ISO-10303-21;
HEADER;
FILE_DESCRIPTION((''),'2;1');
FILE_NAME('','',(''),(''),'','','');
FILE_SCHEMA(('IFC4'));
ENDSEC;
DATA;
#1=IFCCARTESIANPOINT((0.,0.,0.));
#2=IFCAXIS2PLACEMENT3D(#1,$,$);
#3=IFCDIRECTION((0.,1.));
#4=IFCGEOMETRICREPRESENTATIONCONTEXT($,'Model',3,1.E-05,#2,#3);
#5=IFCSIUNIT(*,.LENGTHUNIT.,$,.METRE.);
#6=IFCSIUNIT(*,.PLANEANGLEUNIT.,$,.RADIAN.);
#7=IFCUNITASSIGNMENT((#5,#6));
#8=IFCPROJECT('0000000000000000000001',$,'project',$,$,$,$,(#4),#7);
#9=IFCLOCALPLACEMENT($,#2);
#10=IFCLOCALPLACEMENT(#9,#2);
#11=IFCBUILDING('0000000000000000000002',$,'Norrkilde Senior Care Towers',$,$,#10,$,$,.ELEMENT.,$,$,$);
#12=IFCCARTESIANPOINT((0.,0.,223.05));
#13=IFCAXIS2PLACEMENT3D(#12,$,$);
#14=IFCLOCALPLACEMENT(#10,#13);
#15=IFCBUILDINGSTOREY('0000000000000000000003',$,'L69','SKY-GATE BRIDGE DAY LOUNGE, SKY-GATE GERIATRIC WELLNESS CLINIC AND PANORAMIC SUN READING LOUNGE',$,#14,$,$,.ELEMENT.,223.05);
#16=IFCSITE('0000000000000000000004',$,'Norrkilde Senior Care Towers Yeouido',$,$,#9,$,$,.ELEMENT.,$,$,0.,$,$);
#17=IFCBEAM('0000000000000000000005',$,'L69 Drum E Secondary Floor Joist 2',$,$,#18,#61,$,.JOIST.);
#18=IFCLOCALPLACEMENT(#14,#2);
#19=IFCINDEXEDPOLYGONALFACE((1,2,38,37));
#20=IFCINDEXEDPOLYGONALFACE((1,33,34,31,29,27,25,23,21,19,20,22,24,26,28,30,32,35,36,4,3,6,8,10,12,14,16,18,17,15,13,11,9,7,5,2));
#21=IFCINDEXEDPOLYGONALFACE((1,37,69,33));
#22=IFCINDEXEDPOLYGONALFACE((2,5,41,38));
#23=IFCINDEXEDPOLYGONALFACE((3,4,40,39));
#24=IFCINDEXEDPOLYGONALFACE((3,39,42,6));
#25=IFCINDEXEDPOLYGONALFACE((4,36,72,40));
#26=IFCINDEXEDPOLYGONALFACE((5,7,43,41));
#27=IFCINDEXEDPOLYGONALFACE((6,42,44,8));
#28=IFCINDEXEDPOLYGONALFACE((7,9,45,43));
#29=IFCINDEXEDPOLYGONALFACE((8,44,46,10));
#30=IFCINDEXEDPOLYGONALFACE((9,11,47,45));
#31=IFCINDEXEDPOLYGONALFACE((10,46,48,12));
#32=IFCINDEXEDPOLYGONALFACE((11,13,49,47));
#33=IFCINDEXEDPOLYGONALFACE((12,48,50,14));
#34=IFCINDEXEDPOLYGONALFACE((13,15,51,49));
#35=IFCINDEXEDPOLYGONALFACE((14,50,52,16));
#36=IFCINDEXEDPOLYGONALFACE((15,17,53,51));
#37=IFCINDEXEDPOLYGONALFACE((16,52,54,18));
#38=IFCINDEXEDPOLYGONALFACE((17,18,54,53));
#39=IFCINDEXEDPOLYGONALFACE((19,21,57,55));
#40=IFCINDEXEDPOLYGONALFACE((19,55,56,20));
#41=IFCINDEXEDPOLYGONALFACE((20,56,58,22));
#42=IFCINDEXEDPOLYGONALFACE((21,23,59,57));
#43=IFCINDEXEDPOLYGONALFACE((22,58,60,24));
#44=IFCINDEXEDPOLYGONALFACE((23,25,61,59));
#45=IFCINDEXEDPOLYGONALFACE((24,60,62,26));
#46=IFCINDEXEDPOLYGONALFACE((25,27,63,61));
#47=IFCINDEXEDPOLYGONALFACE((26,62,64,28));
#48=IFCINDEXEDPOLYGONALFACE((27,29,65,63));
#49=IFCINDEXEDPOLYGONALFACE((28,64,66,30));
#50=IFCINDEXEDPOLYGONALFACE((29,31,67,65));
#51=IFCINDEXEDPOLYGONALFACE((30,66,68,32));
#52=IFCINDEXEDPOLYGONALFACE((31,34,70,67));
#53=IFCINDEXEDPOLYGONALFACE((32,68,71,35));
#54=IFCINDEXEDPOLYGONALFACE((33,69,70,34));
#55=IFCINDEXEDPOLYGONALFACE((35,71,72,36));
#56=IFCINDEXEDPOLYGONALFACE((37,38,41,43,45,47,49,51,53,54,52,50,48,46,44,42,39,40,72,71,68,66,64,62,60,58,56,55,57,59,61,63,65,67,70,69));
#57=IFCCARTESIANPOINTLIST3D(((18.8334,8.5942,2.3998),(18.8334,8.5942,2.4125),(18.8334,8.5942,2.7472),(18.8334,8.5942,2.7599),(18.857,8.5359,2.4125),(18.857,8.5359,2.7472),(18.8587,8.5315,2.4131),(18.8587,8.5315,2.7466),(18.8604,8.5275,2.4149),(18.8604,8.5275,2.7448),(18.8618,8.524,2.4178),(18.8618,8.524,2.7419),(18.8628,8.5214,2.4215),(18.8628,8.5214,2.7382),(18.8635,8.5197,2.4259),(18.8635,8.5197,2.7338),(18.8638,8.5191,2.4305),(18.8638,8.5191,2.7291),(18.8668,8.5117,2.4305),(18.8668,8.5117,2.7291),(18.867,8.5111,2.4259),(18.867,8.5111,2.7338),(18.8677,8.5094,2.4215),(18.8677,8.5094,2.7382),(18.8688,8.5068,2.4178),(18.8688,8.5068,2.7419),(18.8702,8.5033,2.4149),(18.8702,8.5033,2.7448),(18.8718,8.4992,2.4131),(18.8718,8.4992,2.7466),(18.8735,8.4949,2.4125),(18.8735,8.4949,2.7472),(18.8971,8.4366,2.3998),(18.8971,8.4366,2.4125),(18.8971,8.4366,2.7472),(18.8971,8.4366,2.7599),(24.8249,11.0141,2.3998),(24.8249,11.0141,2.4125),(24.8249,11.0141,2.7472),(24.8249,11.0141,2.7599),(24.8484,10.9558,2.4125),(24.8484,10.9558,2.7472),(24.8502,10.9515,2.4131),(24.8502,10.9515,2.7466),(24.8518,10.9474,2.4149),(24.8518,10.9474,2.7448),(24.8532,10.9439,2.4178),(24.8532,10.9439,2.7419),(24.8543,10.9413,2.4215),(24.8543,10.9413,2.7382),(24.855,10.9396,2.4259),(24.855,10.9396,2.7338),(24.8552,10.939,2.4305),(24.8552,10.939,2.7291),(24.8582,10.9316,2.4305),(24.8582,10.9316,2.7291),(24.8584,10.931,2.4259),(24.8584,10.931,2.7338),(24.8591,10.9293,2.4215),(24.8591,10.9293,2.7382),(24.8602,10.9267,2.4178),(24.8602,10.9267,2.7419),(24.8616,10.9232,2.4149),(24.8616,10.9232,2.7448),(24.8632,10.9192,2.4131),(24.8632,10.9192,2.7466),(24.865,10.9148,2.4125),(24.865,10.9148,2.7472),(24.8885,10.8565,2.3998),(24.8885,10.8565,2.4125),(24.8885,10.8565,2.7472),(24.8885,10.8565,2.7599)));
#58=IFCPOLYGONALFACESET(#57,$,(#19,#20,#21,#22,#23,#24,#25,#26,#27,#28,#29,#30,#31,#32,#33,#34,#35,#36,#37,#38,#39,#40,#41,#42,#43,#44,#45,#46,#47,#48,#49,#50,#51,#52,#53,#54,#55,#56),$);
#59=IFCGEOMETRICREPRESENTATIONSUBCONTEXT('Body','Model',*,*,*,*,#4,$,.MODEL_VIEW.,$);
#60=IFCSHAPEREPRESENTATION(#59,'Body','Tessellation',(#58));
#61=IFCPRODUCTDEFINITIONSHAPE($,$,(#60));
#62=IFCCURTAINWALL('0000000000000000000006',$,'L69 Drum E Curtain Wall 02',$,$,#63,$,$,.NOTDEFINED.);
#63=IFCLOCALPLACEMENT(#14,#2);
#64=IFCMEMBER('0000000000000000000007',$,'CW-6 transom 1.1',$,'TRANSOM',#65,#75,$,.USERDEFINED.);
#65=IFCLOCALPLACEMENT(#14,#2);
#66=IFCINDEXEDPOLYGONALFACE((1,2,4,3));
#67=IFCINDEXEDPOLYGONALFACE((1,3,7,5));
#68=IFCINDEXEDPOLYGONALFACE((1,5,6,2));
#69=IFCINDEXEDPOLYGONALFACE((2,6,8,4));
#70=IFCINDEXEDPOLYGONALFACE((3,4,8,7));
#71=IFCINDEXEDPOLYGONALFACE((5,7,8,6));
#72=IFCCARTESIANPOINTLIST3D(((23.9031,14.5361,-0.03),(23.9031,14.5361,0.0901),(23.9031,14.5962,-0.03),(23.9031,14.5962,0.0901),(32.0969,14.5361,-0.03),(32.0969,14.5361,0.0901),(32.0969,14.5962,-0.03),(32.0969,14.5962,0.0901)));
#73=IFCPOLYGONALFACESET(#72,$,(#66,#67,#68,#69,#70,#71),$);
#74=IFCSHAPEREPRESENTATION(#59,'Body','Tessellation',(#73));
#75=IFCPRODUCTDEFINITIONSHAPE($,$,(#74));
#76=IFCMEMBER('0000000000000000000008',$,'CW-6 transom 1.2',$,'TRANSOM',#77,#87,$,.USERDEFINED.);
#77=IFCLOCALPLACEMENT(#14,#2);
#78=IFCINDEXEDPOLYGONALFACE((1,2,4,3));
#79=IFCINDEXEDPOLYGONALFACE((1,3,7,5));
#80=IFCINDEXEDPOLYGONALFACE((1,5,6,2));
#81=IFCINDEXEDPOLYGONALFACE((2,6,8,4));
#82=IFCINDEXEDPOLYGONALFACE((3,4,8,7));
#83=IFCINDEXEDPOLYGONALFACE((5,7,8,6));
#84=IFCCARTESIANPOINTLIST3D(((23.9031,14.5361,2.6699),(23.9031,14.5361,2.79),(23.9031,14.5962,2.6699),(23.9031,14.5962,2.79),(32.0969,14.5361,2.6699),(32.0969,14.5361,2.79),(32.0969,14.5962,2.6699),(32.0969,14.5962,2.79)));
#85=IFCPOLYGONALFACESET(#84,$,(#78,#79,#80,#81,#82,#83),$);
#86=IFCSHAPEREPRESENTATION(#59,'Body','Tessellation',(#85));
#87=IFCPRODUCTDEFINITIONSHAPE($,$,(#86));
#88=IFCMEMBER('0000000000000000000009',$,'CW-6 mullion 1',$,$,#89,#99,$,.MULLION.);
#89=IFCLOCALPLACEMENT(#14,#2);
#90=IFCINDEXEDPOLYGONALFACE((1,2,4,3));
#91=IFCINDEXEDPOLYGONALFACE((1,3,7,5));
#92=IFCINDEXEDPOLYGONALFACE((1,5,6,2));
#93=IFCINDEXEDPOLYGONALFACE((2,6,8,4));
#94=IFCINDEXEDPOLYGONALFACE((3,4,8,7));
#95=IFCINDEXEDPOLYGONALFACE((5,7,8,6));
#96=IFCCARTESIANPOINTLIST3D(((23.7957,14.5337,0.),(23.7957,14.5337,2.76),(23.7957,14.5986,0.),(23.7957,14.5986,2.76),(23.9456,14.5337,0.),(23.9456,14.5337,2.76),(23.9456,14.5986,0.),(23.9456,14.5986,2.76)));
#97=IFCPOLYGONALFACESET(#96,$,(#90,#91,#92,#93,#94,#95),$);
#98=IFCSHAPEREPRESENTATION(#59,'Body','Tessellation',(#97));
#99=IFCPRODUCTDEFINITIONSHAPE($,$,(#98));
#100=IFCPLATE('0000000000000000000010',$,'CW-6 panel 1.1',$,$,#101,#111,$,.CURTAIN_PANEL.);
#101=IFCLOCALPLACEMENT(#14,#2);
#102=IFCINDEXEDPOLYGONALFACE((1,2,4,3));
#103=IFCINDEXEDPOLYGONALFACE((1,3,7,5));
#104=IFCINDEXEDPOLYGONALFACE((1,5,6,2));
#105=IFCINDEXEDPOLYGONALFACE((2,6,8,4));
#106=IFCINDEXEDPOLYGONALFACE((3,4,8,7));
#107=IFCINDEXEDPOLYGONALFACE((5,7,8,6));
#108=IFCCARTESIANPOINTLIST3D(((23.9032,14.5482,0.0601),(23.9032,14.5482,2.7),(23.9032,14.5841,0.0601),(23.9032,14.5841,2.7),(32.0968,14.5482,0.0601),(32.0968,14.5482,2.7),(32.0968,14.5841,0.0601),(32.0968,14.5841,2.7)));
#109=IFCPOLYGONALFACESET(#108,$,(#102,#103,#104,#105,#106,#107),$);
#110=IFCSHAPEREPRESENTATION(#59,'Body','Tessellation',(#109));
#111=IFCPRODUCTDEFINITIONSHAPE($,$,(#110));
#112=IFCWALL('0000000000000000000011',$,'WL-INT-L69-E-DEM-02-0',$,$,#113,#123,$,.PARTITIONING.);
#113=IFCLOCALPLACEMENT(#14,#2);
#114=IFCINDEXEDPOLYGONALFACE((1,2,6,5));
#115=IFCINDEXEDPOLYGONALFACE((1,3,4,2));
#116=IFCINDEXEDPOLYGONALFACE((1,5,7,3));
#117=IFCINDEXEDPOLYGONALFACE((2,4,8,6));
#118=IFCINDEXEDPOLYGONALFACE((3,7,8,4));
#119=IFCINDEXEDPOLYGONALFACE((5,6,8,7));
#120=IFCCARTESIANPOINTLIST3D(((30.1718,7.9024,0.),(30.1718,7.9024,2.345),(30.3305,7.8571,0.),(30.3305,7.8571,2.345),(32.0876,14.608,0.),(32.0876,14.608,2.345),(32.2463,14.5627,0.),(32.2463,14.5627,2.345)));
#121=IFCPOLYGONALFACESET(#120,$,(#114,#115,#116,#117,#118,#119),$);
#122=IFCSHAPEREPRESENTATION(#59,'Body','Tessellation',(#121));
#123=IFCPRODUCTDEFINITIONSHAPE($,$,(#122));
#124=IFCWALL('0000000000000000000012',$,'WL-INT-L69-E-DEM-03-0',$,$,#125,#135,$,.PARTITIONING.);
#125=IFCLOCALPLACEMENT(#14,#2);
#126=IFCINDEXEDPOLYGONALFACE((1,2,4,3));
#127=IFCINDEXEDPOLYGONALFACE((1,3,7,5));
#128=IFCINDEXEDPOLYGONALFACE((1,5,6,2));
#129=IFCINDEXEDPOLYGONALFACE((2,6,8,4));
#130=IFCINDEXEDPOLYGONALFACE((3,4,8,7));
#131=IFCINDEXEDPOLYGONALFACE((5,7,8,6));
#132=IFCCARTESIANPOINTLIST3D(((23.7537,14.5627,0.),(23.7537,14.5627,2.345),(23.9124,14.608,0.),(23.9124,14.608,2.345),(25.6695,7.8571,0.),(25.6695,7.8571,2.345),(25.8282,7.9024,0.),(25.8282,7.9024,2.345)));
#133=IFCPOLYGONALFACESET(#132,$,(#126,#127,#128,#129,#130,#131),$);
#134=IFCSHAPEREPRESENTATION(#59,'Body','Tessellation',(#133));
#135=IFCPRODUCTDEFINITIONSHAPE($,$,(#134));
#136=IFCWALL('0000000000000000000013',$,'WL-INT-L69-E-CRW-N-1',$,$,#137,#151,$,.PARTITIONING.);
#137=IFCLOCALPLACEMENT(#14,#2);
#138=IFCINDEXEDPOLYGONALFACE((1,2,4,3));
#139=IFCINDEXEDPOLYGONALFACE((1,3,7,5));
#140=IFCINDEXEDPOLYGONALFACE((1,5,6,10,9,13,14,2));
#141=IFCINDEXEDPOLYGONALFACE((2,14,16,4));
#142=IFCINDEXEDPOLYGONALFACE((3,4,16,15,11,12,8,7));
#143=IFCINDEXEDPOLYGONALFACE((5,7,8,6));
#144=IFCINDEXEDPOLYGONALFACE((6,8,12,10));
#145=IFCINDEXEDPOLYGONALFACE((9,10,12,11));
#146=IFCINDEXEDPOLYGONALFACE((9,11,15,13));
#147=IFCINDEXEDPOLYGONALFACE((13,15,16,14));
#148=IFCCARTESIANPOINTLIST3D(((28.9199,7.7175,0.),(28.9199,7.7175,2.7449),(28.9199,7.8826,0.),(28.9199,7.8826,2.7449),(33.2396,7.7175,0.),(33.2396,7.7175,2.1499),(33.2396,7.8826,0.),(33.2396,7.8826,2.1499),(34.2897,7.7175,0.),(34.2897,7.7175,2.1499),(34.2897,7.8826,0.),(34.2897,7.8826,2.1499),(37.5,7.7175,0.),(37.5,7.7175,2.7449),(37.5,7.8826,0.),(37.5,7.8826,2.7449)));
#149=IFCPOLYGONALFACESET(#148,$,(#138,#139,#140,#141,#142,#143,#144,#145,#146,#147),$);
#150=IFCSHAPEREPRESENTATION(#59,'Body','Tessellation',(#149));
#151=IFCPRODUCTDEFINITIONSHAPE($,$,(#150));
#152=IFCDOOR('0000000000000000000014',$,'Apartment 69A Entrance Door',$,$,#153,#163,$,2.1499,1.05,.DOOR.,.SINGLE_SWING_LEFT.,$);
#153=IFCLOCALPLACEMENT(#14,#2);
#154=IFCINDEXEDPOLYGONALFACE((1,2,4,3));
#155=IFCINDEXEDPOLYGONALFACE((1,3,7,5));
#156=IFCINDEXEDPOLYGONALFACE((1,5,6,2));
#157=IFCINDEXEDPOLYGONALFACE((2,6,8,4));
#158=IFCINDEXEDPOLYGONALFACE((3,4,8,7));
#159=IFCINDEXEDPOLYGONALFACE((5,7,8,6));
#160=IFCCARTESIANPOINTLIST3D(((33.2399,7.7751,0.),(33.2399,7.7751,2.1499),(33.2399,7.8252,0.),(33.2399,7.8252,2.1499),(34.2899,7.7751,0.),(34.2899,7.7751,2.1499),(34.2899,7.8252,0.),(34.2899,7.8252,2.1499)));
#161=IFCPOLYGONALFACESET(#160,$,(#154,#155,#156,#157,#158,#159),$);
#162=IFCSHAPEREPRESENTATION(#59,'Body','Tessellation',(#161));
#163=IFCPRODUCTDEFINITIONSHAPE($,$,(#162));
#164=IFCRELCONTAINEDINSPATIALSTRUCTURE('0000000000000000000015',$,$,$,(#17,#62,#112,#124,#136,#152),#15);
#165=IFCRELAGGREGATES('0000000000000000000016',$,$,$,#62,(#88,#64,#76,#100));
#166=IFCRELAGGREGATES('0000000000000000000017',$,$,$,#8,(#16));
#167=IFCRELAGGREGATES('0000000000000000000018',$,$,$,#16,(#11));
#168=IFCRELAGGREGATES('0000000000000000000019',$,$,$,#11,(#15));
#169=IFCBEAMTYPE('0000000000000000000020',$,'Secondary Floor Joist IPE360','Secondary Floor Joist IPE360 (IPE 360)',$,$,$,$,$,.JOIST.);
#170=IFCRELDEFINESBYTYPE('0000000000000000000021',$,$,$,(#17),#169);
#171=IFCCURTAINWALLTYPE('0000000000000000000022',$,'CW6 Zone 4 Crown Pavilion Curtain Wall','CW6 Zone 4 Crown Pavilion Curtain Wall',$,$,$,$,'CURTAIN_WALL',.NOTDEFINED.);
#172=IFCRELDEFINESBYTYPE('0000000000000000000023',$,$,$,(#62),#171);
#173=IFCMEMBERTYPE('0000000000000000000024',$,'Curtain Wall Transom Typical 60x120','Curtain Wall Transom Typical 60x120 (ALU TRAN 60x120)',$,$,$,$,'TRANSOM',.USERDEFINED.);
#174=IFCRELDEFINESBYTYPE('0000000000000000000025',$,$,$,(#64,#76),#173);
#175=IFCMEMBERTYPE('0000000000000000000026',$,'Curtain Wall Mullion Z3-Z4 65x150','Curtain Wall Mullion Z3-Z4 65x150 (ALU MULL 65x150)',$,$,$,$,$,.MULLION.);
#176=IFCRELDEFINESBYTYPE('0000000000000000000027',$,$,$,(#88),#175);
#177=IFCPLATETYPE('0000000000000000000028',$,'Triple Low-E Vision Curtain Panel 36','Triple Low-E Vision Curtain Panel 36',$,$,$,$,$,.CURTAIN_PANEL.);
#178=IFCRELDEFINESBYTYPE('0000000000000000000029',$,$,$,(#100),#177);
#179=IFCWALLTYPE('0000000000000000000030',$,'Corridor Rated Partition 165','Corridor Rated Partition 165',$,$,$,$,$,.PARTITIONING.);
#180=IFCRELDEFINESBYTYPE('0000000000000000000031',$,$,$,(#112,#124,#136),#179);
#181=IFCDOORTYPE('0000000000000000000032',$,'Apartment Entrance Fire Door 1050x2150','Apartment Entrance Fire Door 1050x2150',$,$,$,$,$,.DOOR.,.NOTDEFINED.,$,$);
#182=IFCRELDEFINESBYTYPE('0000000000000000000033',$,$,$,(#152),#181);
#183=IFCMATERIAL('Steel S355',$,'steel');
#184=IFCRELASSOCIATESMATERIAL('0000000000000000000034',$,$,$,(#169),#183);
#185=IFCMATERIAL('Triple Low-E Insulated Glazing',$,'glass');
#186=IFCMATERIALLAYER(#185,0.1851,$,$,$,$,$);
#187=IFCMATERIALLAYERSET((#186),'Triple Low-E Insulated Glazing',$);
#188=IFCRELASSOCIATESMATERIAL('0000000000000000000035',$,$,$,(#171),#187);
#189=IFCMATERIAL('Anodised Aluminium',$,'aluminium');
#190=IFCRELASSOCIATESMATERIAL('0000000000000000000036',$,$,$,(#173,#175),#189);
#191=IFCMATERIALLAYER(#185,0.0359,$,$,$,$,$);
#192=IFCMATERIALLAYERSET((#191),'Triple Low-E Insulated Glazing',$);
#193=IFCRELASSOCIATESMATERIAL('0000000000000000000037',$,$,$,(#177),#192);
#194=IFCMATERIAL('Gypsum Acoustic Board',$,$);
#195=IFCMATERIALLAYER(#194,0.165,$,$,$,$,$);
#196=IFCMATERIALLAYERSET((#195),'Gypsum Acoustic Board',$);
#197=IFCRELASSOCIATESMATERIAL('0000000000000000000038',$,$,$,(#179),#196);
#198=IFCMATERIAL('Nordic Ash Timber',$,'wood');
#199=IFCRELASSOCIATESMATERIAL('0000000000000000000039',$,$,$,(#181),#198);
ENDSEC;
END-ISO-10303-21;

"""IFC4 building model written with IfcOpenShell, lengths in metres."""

from ifc_helpers import new_model, si_unit, direction, frame, frame_2d, origin, origin_2d, place, context, subcontext, project, spatial, rectangle, i_section, extrude, source, transform, mapped, material, layer, layer_set, material_profile, profile_set, type_object, type_shapes, element, fill, aggregate, save


model = new_model("IFC4")

# Units and contexts
model_context = context("Model", 3, precision=1e-05, world=origin(), true_north=direction((0.0, 1.0)))
body_context = subcontext(model_context, "Body", "Model", "MODEL_VIEW")
ifc_project = project(units=[si_unit("LENGTHUNIT", "METRE"), si_unit("PLANEANGLEUNIT", "RADIAN")], contexts=[model_context])

# Site, building, storey
site_placement = place(None, origin())
site = spatial("IfcSite", under=ifc_project, at=site_placement, Name="Norrkilde Senior Care Towers Yeouido", CompositionType="ELEMENT", RefElevation=0.0)
building_placement = place(site_placement, origin())
building = spatial("IfcBuilding", under=site, at=building_placement, Name="Norrkilde Senior Care Towers", CompositionType="ELEMENT")
storey_placement = place(building_placement, frame((0.0, 0.0, 223.05)))
storey = spatial("IfcBuildingStorey", under=building, at=storey_placement, Name="L69", Description="SKY-GATE BRIDGE DAY LOUNGE, SKY-GATE GERIATRIC WELLNESS CLINIC AND PANORAMIC SUN READING LOUNGE", CompositionType="ELEMENT", Elevation=223.05)

# Beam
ifc_material_1 = material(Name="Steel S355", Category="steel")
ifc_material_profile_1 = material_profile(ifc_material_1, i_section(OverallWidth=0.1699, OverallDepth=0.3601, WebThickness=0.0081, FlangeThickness=0.0127, FilletRadius=0.0181, at=origin_2d()), Name="IPE 360")
ifc_profile_set_1 = profile_set([ifc_material_profile_1], Name="Steel S355")
beam_type_1 = type_object("IfcBeamType", Name="Secondary Floor Joist IPE360", Description="Secondary Floor Joist IPE360 (IPE 360)", PredefinedType="JOIST", material=ifc_profile_set_1)
shared_shape_1 = source(origin(), body_context, "Body", "SweptSolid", [
    extrude(i_section(OverallWidth=0.1699, OverallDepth=0.3601, WebThickness=0.0081, FlangeThickness=0.0127, FilletRadius=0.0181, at=origin_2d()), origin(), (0.0, 0.0, 1.0), 6.4617),
])
type_shapes(beam_type_1, [shared_shape_1])
beam_1_placement = place(storey_placement, frame((24.8567, 10.9353, 2.5798), z_axis=(-0.927226, -0.374502, 0.0), x_axis=(0.374502, -0.927226, 0.0)))
element("IfcBeam", 1, at=beam_1_placement, inside=storey, type_object=beam_type_1, Name="L69 Drum E Secondary Floor Joist 2", PredefinedType="JOIST", context=body_context, shape_type="MappedRepresentation", body=[
    mapped(shared_shape_1, transform((0.0, 0.0, 0.0), x_axis=(1.0, 0.0, 0.0), y_axis=(0.0, 1.0, 0.0), z_axis=(0.0, 0.0, 1.0), scale=1.0)),
])

# Curtain wall, members, plate
ifc_material_2 = material(Name="Triple Low-E Insulated Glazing", Category="glass")
ifc_layer_1 = layer(ifc_material_2, 0.1851)
ifc_layer_set_1 = layer_set([ifc_layer_1], Name="Triple Low-E Insulated Glazing")
curtain_wall_type = type_object("IfcCurtainWallType", Name="CW6 Zone 4 Crown Pavilion Curtain Wall", Description="CW6 Zone 4 Crown Pavilion Curtain Wall", ElementType="CURTAIN_WALL", PredefinedType="NOTDEFINED", material=ifc_layer_set_1)
curtain_wall_placement = place(storey_placement, origin())
curtain_wall = element("IfcCurtainWall", 2, at=curtain_wall_placement, inside=storey, type_object=curtain_wall_type, Name="L69 Drum E Curtain Wall 02", PredefinedType="NOTDEFINED")
ifc_material_3 = material(Name="Anodised Aluminium", Category="aluminium")
ifc_material_profile_2 = material_profile(ifc_material_3, rectangle(XDim=0.0601, YDim=0.1201, at=origin_2d()), Name="ALU TRAN 60x120")
ifc_profile_set_2 = profile_set([ifc_material_profile_2], Name="Anodised Aluminium")
member_type_1 = type_object("IfcMemberType", Name="Curtain Wall Transom Typical 60x120", Description="Curtain Wall Transom Typical 60x120 (ALU TRAN 60x120)", ElementType="TRANSOM", PredefinedType="USERDEFINED", material=ifc_profile_set_2)
shared_shape_2 = source(origin(), body_context, "Body", "SweptSolid", [
    extrude(rectangle(XDim=0.0601, YDim=0.1201, at=origin_2d()), origin(), (0.0, 0.0, 1.0), 8.1938),
])
type_shapes(member_type_1, [shared_shape_2])
member_1_placement = place(storey_placement, frame((23.9031, 14.5662, 0.03), z_axis=(1.0, 0.0, 0.0), x_axis=(0.0, 1.0, 0.0)))
member_1 = element("IfcMember", 3, at=member_1_placement, type_object=member_type_1, Name="CW-6 transom 1.1", ObjectType="TRANSOM", PredefinedType="USERDEFINED", context=body_context, shape_type="MappedRepresentation", body=[
    mapped(shared_shape_2, transform((0.0, 0.0, 0.0), x_axis=(1.0, 0.0, 0.0), y_axis=(0.0, 1.0, 0.0), z_axis=(0.0, 0.0, 1.0), scale=1.0)),
])
member_2_placement = place(storey_placement, frame((23.9031, 14.5662, 2.73), z_axis=(1.0, 0.0, 0.0), x_axis=(0.0, 1.0, 0.0)))
member_2 = element("IfcMember", 4, at=member_2_placement, type_object=member_type_1, Name="CW-6 transom 1.2", ObjectType="TRANSOM", PredefinedType="USERDEFINED", context=body_context, shape_type="MappedRepresentation", body=[
    mapped(shared_shape_2, transform((0.0, 0.0, 0.0), x_axis=(1.0, 0.0, 0.0), y_axis=(0.0, 1.0, 0.0), z_axis=(0.0, 0.0, 1.0), scale=1.0)),
])
ifc_material_profile_3 = material_profile(ifc_material_3, rectangle(XDim=0.0649, YDim=0.1499, at=origin_2d()), Name="ALU MULL 65x150")
ifc_profile_set_3 = profile_set([ifc_material_profile_3], Name="Anodised Aluminium")
member_type_2 = type_object("IfcMemberType", Name="Curtain Wall Mullion Z3-Z4 65x150", Description="Curtain Wall Mullion Z3-Z4 65x150 (ALU MULL 65x150)", PredefinedType="MULLION", material=ifc_profile_set_3)
shared_shape_3 = source(origin(), body_context, "Body", "SweptSolid", [
    extrude(rectangle(XDim=0.0649, YDim=0.1499, at=origin_2d()), origin(), (0.0, 0.0, 1.0), 2.76),
])
type_shapes(member_type_2, [shared_shape_3])
member_3_placement = place(storey_placement, frame((23.8706, 14.5662, 0.0), z_axis=(0.0, 0.0, 1.0), x_axis=(0.0, 1.0, 0.0)))
member_3 = element("IfcMember", 5, at=member_3_placement, type_object=member_type_2, Name="CW-6 mullion 1", PredefinedType="MULLION", context=body_context, shape_type="MappedRepresentation", body=[
    mapped(shared_shape_3, transform((0.0, 0.0, 0.0), x_axis=(1.0, 0.0, 0.0), y_axis=(0.0, 1.0, 0.0), z_axis=(0.0, 0.0, 1.0), scale=1.0)),
])
ifc_layer_2 = layer(ifc_material_2, 0.0359)
ifc_layer_set_2 = layer_set([ifc_layer_2], Name="Triple Low-E Insulated Glazing")
plate_type = type_object("IfcPlateType", Name="Triple Low-E Vision Curtain Panel 36", Description="Triple Low-E Vision Curtain Panel 36", PredefinedType="CURTAIN_PANEL", material=ifc_layer_set_2)
shared_shape_4 = source(origin(), body_context, "Body", "SweptSolid", [
    extrude(rectangle(XDim=8.1936, YDim=0.0359, at=origin_2d()), origin(), (0.0, 0.0, 1.0), 2.6399),
])
type_shapes(plate_type, [shared_shape_4])
plate_placement = place(storey_placement, frame((28.0, 14.5662, 0.0601), z_axis=(0.0, 0.0, 1.0), x_axis=(1.0, 0.0, 0.0)))
plate = element("IfcPlate", 6, at=plate_placement, type_object=plate_type, Name="CW-6 panel 1.1", PredefinedType="CURTAIN_PANEL", context=body_context, shape_type="MappedRepresentation", body=[
    mapped(shared_shape_4, transform((0.0, 0.0, 0.0), x_axis=(1.0, 0.0, 0.0), y_axis=(0.0, 1.0, 0.0), z_axis=(0.0, 0.0, 1.0), scale=1.0)),
])
aggregate(curtain_wall, [member_3, member_1, member_2, plate])

# Walls
ifc_material_4 = material(Name="Gypsum Acoustic Board")
ifc_layer_3 = layer(ifc_material_4, 0.165)
ifc_layer_set_3 = layer_set([ifc_layer_3], Name="Gypsum Acoustic Board")
wall_type = type_object("IfcWallType", Name="Corridor Rated Partition 165", Description="Corridor Rated Partition 165", PredefinedType="PARTITIONING", material=ifc_layer_set_3)
shared_shape_5 = source(origin(), body_context, "Body", "SweptSolid", [
    extrude(rectangle(XDim=6.9739, YDim=0.165, at=frame_2d((3.4868, 0.0))), origin(), (0.0, 0.0, 1.0), 2.345),
])
for number, where, z_axis, x_axis, name in (
    (7, (30.2512, 7.8799, 0.0), (0.0, 0.0, 1.0), (0.274707, 0.961528, 0.0), "WL-INT-L69-E-DEM-02-0"),
    (8, (25.7488, 7.8799, 0.0), (0.0, 0.0, 1.0), (-0.274707, 0.961528, 0.0), "WL-INT-L69-E-DEM-03-0"),
):
    element("IfcWall", number, at=place(storey_placement, frame(where, z_axis=z_axis, x_axis=x_axis)), inside=storey, type_object=wall_type, Name=name, PredefinedType="PARTITIONING", context=body_context, shape_type="MappedRepresentation", body=[
        mapped(shared_shape_5, transform((0.0, 0.0, 0.0), x_axis=(1.0, 0.0, 0.0), y_axis=(0.0, 1.0, 0.0), z_axis=(0.0, 0.0, 1.0), scale=1.0)),
    ])

# Wall, opening, door
shared_shape_6 = source(origin(), body_context, "Body", "SweptSolid", [
    extrude(rectangle(XDim=8.5801, YDim=0.165, at=frame_2d((4.29, 0.0))), origin(), (0.0, 0.0, 1.0), 2.7449),
])
wall_1_placement = place(storey_placement, frame((28.9199, 7.8, 0.0), z_axis=(0.0, 0.0, 1.0), x_axis=(1.0, 0.0, 0.0)))
wall_1 = element("IfcWall", 9, at=wall_1_placement, inside=storey, type_object=wall_type, Name="WL-INT-L69-E-CRW-N-1", PredefinedType="PARTITIONING", context=body_context, shape_type="MappedRepresentation", body=[
    mapped(shared_shape_6, transform((0.0, 0.0, 0.0), x_axis=(1.0, 0.0, 0.0), y_axis=(0.0, 1.0, 0.0), z_axis=(0.0, 0.0, 1.0), scale=1.0)),
])
opening_1_placement = place(wall_1_placement, frame((4.3198, 0.0, 0.0)))
opening_1 = element("IfcOpeningElement", 10, at=opening_1_placement, cuts=wall_1, PredefinedType="OPENING", context=body_context, shape_type="SweptSolid", body=[
    extrude(rectangle(XDim=1.05, YDim=2.1499, at=frame_2d((0.5249, 1.075))), frame((0.0, 0.0925, 0.0), z_axis=(0.0, -1.0, 0.0), x_axis=(1.0, 0.0, 0.0)), (0.0, 0.0, 1.0), 0.1851),
])
ifc_material_5 = material(Name="Nordic Ash Timber", Category="wood")
door_type_1 = type_object("IfcDoorType", Name="Apartment Entrance Fire Door 1050x2150", Description="Apartment Entrance Fire Door 1050x2150", OperationType="NOTDEFINED", PredefinedType="DOOR", material=ifc_material_5)
shared_shape_7 = source(origin(), body_context, "Body", "SweptSolid", [
    extrude(rectangle(XDim=1.05, YDim=2.1499, at=frame_2d((0.5249, 1.075))), frame((0.0, 0.0249, 0.0), z_axis=(0.0, -1.0, 0.0), x_axis=(1.0, 0.0, 0.0)), (0.0, 0.0, 1.0), 0.05),
])
type_shapes(door_type_1, [shared_shape_7])
door_1_placement = place(opening_1_placement, frame((1.05, 0.0, 0.0), z_axis=(0.0, 0.0, 1.0), x_axis=(-1.0, 0.0, 0.0)))
door_1 = element("IfcDoor", 11, at=door_1_placement, inside=storey, type_object=door_type_1, Name="Apartment 69A Entrance Door", OperationType="SINGLE_SWING_LEFT", OverallHeight=2.1499, OverallWidth=1.05, PredefinedType="DOOR", context=body_context, shape_type="MappedRepresentation", body=[
    mapped(shared_shape_7, transform((0.0, 0.0, 0.0), x_axis=(1.0, 0.0, 0.0), y_axis=(0.0, 1.0, 0.0), z_axis=(0.0, 0.0, 1.0), scale=1.0)),
])
fill(opening_1, door_1)

save(model, "model.ifc")
